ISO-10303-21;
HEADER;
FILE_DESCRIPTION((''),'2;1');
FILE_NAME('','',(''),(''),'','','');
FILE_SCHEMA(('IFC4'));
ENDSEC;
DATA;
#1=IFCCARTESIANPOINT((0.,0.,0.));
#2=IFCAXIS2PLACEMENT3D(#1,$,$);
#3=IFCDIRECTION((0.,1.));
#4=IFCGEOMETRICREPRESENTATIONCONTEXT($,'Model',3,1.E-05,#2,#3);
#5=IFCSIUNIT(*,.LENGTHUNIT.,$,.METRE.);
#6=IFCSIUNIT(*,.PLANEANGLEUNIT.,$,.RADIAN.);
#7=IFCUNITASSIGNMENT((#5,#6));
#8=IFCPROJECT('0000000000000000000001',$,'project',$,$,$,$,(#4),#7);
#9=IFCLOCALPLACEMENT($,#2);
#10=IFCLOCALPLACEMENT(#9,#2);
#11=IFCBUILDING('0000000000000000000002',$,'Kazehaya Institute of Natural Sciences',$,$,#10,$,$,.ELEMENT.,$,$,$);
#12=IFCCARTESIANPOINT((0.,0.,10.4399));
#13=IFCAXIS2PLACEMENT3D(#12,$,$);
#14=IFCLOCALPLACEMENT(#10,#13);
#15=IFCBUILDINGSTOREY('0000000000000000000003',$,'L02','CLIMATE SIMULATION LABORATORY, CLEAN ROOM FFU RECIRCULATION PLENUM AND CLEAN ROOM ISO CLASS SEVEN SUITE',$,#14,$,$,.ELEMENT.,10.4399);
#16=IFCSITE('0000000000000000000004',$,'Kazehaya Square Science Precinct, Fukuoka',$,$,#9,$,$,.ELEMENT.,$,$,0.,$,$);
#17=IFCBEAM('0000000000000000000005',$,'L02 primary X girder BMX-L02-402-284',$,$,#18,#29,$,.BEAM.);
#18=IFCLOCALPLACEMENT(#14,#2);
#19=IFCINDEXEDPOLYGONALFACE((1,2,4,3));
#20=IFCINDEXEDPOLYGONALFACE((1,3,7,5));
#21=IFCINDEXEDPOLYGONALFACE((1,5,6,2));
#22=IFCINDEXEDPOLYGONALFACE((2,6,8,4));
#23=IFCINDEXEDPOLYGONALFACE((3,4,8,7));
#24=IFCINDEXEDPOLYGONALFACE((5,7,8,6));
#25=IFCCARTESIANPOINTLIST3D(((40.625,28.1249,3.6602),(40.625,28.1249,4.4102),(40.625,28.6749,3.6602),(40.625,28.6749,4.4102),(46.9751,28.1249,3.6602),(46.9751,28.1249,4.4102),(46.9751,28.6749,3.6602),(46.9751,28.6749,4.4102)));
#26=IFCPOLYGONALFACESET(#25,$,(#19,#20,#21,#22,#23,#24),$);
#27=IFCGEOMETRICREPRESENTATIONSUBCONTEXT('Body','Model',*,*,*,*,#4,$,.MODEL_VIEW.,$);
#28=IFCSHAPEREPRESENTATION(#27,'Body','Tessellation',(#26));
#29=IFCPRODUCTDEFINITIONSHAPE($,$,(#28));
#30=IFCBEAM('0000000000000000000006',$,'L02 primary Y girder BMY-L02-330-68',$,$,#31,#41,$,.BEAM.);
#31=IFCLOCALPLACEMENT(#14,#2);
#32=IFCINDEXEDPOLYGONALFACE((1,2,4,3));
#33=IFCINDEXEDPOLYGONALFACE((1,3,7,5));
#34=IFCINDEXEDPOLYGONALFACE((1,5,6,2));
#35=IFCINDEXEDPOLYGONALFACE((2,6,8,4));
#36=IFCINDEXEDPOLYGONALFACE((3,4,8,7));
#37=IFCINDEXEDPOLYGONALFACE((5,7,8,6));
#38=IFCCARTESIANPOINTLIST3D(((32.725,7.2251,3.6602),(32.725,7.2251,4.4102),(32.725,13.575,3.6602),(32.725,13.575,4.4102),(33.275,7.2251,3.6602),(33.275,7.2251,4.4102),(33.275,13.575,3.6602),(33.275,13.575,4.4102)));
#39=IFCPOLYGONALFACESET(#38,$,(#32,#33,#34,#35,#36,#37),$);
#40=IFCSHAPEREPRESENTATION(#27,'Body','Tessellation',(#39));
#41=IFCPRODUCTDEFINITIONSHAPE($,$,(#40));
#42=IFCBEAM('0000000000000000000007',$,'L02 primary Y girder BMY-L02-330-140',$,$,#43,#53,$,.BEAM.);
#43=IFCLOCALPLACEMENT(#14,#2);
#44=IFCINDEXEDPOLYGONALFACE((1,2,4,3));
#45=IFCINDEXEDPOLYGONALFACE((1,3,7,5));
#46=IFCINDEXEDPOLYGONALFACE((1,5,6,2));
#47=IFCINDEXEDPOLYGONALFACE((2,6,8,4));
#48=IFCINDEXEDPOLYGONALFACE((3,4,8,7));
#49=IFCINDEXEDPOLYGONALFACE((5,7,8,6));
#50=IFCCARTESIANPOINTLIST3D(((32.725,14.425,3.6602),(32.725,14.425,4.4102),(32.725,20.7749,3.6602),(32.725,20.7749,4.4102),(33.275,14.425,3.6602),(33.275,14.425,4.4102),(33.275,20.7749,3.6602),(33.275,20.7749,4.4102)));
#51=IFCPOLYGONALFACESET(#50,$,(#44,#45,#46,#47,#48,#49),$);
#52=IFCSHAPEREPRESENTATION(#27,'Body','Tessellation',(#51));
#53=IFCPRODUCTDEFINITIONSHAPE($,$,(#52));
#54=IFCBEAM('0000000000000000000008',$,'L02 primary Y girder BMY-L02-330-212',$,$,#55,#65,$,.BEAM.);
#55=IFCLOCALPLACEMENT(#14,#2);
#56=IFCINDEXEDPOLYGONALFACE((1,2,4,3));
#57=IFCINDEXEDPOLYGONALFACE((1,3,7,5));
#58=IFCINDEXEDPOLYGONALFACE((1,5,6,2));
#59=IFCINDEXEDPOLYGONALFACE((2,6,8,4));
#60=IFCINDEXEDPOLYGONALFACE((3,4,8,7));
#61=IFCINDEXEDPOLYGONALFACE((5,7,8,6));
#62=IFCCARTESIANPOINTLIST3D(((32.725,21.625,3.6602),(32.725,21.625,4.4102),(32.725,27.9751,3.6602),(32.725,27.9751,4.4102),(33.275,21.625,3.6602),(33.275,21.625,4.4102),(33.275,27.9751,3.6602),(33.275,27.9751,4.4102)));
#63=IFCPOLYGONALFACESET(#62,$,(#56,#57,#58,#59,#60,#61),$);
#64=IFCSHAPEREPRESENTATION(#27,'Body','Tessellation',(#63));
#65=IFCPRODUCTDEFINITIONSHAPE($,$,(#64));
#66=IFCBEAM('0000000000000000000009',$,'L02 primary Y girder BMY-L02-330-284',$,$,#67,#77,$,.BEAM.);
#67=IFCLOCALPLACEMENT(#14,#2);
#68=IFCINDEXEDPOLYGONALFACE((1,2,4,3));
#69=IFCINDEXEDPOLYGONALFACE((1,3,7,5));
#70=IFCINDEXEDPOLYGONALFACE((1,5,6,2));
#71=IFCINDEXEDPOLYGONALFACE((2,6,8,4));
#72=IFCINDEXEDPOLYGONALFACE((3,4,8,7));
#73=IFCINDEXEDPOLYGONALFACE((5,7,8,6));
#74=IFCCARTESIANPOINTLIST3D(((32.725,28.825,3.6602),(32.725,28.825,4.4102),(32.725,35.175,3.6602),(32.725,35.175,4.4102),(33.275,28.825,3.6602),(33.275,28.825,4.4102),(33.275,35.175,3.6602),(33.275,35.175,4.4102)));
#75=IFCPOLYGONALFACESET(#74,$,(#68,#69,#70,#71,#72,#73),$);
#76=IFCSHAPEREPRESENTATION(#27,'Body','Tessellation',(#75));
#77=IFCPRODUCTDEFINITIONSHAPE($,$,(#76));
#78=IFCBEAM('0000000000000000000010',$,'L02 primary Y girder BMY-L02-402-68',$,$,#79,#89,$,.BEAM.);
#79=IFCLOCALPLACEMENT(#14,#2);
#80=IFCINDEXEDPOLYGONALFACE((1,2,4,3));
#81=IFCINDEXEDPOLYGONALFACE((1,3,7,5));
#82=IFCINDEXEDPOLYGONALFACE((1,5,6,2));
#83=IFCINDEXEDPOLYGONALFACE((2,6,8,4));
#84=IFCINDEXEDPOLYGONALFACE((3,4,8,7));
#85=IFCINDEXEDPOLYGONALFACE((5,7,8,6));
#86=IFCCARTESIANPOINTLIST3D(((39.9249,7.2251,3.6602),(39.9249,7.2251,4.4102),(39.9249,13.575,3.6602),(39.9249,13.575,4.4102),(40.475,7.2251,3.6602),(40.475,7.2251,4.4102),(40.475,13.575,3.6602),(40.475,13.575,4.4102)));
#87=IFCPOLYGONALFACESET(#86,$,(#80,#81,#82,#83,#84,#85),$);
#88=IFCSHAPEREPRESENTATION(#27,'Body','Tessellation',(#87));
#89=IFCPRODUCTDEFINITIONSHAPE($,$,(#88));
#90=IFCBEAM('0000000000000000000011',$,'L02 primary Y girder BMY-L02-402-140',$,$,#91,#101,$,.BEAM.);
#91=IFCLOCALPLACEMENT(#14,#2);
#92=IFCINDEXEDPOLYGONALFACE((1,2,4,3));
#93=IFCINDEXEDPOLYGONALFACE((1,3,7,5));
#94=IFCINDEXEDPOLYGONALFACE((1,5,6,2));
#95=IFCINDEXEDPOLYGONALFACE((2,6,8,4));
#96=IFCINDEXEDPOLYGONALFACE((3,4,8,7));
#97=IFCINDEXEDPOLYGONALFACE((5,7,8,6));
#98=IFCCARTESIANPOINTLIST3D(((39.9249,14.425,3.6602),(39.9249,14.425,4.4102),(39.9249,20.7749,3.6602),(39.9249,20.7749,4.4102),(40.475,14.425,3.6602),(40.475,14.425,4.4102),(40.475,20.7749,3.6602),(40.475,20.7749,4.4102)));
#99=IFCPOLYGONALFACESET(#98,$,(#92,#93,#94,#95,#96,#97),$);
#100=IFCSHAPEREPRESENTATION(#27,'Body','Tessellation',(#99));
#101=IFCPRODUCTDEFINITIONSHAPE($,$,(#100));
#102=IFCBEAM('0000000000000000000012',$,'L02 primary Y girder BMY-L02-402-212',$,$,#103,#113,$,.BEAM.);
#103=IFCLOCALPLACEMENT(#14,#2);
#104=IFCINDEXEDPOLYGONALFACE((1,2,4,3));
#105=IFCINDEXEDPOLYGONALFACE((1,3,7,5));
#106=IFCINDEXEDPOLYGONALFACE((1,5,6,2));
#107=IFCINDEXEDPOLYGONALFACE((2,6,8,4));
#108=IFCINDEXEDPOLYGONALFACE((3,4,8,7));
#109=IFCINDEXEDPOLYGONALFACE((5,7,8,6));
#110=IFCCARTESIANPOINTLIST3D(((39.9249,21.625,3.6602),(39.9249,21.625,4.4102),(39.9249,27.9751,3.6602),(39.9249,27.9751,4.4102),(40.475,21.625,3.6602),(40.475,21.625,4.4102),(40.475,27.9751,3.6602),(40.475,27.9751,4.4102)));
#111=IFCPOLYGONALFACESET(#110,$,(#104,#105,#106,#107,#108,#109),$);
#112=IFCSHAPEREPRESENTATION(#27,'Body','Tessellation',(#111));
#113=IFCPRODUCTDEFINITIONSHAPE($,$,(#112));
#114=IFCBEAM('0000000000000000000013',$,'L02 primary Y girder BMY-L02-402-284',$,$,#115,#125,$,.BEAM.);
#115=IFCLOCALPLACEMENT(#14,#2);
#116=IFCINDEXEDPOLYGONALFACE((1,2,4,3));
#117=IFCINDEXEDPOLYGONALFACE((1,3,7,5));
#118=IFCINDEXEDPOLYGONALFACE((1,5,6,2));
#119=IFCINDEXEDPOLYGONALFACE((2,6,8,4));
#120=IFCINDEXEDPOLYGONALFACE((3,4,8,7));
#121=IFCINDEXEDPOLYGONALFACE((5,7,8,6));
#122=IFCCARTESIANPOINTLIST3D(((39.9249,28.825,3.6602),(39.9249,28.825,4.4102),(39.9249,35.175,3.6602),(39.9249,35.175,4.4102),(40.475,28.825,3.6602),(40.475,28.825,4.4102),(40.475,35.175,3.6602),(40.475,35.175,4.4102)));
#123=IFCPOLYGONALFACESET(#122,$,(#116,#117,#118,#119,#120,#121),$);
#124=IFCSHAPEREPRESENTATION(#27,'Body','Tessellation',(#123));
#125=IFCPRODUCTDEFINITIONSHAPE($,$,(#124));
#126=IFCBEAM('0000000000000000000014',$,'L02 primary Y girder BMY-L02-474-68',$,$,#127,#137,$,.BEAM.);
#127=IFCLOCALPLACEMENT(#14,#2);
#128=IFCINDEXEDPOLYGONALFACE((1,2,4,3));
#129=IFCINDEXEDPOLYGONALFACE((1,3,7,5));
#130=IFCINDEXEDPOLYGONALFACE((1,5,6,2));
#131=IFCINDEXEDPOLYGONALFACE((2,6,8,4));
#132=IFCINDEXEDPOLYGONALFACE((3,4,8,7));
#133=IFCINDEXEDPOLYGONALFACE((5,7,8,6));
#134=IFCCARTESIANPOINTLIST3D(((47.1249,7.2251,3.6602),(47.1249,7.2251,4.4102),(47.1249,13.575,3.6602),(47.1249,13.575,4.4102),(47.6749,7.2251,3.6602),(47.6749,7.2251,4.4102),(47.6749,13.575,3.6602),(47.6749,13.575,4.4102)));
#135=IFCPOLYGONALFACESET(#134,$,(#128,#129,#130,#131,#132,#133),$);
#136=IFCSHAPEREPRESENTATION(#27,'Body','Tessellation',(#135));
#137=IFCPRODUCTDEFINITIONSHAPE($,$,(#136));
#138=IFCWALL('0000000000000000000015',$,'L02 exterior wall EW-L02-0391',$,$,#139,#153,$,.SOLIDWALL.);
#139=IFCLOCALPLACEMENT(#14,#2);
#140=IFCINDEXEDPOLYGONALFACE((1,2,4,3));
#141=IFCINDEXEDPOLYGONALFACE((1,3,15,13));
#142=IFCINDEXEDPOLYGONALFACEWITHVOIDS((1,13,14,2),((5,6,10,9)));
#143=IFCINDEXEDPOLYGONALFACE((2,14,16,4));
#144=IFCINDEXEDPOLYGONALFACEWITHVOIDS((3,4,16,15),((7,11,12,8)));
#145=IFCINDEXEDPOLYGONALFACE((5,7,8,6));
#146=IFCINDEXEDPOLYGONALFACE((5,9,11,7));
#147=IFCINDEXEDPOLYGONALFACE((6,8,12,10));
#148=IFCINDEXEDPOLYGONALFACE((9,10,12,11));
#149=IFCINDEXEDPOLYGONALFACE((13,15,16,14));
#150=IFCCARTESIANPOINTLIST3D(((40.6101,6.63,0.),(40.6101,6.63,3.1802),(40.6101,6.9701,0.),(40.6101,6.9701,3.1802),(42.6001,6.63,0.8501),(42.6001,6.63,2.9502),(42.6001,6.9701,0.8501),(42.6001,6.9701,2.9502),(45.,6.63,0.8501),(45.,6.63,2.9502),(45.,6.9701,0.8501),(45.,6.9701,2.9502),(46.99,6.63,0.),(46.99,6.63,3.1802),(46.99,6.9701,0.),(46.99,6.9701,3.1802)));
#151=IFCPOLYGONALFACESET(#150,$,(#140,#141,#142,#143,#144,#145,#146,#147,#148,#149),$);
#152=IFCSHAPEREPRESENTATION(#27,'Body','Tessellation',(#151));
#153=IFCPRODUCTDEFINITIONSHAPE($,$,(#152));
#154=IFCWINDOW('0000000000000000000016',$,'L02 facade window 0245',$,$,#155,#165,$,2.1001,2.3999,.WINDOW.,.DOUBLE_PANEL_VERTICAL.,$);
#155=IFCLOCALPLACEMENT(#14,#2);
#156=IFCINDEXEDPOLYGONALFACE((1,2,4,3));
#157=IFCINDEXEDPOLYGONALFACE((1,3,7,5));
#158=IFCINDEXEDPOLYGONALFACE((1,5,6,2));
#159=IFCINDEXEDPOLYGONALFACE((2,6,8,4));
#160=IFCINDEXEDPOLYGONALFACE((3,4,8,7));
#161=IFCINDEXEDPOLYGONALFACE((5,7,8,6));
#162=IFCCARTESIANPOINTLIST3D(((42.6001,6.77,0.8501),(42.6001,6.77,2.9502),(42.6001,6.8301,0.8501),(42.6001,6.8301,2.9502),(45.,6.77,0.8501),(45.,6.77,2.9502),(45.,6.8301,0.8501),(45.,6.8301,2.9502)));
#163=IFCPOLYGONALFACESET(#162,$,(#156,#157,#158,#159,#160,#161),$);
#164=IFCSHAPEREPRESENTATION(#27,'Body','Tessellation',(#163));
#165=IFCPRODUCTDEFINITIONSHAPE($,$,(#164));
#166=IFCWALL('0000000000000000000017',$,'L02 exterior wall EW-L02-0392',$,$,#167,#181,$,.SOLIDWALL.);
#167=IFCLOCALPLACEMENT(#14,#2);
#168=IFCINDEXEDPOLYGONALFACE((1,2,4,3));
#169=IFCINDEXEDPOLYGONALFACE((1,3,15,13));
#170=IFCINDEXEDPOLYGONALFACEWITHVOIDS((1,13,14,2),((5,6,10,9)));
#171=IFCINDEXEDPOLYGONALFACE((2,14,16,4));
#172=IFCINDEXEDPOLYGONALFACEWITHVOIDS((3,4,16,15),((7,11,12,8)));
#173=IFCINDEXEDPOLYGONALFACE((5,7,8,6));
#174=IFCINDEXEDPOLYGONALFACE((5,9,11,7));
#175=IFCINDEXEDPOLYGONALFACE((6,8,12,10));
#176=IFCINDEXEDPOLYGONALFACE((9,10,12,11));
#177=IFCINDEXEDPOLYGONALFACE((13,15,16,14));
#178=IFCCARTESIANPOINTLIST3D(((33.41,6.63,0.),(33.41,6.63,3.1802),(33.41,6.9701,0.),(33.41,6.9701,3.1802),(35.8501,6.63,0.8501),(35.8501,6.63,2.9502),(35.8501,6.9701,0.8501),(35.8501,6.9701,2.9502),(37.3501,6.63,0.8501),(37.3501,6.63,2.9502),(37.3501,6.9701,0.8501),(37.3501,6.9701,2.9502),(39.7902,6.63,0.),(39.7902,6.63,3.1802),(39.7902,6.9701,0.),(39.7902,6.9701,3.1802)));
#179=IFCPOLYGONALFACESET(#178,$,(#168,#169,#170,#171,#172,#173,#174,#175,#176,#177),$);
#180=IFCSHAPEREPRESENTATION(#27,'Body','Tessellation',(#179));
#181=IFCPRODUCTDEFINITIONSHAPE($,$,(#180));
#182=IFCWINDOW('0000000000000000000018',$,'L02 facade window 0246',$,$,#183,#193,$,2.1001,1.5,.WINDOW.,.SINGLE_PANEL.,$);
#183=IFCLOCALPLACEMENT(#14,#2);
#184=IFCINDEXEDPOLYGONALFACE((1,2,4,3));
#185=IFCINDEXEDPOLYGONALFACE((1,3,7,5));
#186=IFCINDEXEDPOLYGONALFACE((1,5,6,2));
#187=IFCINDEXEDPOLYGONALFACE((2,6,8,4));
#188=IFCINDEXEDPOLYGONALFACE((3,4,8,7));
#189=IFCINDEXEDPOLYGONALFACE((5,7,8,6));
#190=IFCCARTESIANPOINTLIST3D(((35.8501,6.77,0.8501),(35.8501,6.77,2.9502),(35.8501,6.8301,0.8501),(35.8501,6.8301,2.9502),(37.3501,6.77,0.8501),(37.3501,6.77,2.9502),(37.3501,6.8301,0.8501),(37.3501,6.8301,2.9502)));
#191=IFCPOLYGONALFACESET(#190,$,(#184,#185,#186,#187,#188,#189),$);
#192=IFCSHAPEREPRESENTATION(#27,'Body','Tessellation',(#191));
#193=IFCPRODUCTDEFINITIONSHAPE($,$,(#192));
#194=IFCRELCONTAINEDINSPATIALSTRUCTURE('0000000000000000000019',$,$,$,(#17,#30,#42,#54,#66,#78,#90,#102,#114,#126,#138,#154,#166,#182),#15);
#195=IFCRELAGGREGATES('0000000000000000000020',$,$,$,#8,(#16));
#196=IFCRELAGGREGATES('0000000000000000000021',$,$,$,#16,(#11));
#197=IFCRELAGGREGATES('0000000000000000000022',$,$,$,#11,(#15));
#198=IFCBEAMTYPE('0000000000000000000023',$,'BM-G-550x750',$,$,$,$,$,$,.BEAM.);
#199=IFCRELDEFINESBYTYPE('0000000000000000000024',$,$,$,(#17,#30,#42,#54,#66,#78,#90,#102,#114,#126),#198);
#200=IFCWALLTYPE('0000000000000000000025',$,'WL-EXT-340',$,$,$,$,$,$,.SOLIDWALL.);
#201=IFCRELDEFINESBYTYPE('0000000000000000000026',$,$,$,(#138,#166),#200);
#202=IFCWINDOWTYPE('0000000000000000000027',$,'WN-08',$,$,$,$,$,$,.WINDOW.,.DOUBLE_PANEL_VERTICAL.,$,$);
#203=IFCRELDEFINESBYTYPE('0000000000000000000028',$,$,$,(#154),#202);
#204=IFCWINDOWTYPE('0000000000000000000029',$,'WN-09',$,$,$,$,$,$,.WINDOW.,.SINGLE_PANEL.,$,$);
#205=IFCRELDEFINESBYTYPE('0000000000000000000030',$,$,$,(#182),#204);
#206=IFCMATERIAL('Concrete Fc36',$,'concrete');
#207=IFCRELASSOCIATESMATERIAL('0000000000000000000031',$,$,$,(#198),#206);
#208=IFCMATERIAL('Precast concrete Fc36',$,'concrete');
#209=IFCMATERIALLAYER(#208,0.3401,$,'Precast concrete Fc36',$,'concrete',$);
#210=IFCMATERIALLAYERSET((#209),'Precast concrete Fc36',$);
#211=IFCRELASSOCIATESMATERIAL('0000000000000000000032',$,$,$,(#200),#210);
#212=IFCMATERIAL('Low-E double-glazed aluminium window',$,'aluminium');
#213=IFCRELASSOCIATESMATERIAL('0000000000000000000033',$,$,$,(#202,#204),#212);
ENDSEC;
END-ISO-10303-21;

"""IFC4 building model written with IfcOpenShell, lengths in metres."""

from ifc_helpers import new_model, si_unit, direction, frame, frame_2d, origin, origin_2d, place, context, subcontext, project, spatial, rectangle, extrude, material, layer, layer_set, material_profile, profile_set, type_object, element, fill, save


model = new_model("IFC4")

# Units and contexts
model_context = context("Model", 3, precision=1e-05, world=origin(), true_north=direction((0.0, 1.0)))
body_context = subcontext(model_context, "Body", "Model", "MODEL_VIEW")
ifc_project = project(units=[si_unit("LENGTHUNIT", "METRE"), si_unit("PLANEANGLEUNIT", "RADIAN")], contexts=[model_context])

# Site, building, storey
site_placement = place(None, origin())
site = spatial("IfcSite", under=ifc_project, at=site_placement, Name="Kazehaya Square Science Precinct, Fukuoka", CompositionType="ELEMENT", RefElevation=0.0)
building_placement = place(site_placement, origin())
building = spatial("IfcBuilding", under=site, at=building_placement, Name="Kazehaya Institute of Natural Sciences", CompositionType="ELEMENT")
storey_placement = place(building_placement, frame((0.0, 0.0, 10.4399)))
storey = spatial("IfcBuildingStorey", under=building, at=storey_placement, Name="L02", Description="CLIMATE SIMULATION LABORATORY, CLEAN ROOM FFU RECIRCULATION PLENUM AND CLEAN ROOM ISO CLASS SEVEN SUITE", CompositionType="ELEMENT", Elevation=10.4399)

# Beams
ifc_material_1 = material(Name="Concrete Fc36", Category="concrete")
ifc_material_profile_1 = material_profile(ifc_material_1, rectangle(XDim=0.55, YDim=0.75, at=origin_2d()), Name="RC-550x750")
ifc_profile_set_1 = profile_set([ifc_material_profile_1], Name="Concrete Fc36")
beam_type = type_object("IfcBeamType", Name="BM-G-550x750", PredefinedType="BEAM", material=ifc_profile_set_1)
beam_1_placement = place(storey_placement, frame((40.625, 28.3999, 4.0352), z_axis=(1.0, 0.0, 0.0), x_axis=(0.0, 1.0, 0.0)))
element("IfcBeam", 1, at=beam_1_placement, inside=storey, type_object=beam_type, Name="L02 primary X girder BMX-L02-402-284", PredefinedType="BEAM", context=body_context, shape_type="SweptSolid", body=[
    extrude(rectangle(XDim=0.55, YDim=0.75, at=origin_2d()), origin(), (0.0, 0.0, 1.0), 6.3501),
])
for number, where, z_axis, x_axis, name in (
    (2, (33.0, 7.2251, 4.0352), (0.0, 1.0, 0.0), (-1.0, 0.0, 0.0), "L02 primary Y girder BMY-L02-330-68"),
    (3, (33.0, 14.425, 4.0352), (0.0, 1.0, 0.0), (-1.0, 0.0, 0.0), "L02 primary Y girder BMY-L02-330-140"),
):
    element("IfcBeam", number, at=place(storey_placement, frame(where, z_axis=z_axis, x_axis=x_axis)), inside=storey, type_object=beam_type, Name=name, PredefinedType="BEAM", context=body_context, shape_type="SweptSolid", body=[
        extrude(rectangle(XDim=0.55, YDim=0.75, at=origin_2d()), origin(), (0.0, 0.0, 1.0), 6.3499),
    ])
for number, where, z_axis, x_axis, name in (
    (4, (33.0, 21.625, 4.0352), (0.0, 1.0, 0.0), (-1.0, 0.0, 0.0), "L02 primary Y girder BMY-L02-330-212"),
    (5, (33.0, 28.825, 4.0352), (0.0, 1.0, 0.0), (-1.0, 0.0, 0.0), "L02 primary Y girder BMY-L02-330-284"),
):
    element("IfcBeam", number, at=place(storey_placement, frame(where, z_axis=z_axis, x_axis=x_axis)), inside=storey, type_object=beam_type, Name=name, PredefinedType="BEAM", context=body_context, shape_type="SweptSolid", body=[
        extrude(rectangle(XDim=0.55, YDim=0.75, at=origin_2d()), origin(), (0.0, 0.0, 1.0), 6.3501),
    ])
for number, where, z_axis, x_axis, name in (
    (6, (40.2, 7.2251, 4.0352), (0.0, 1.0, 0.0), (-1.0, 0.0, 0.0), "L02 primary Y girder BMY-L02-402-68"),
    (7, (40.2, 14.425, 4.0352), (0.0, 1.0, 0.0), (-1.0, 0.0, 0.0), "L02 primary Y girder BMY-L02-402-140"),
):
    element("IfcBeam", number, at=place(storey_placement, frame(where, z_axis=z_axis, x_axis=x_axis)), inside=storey, type_object=beam_type, Name=name, PredefinedType="BEAM", context=body_context, shape_type="SweptSolid", body=[
        extrude(rectangle(XDim=0.55, YDim=0.75, at=origin_2d()), origin(), (0.0, 0.0, 1.0), 6.3499),
    ])
for number, where, z_axis, x_axis, name in (
    (8, (40.2, 21.625, 4.0352), (0.0, 1.0, 0.0), (-1.0, 0.0, 0.0), "L02 primary Y girder BMY-L02-402-212"),
    (9, (40.2, 28.825, 4.0352), (0.0, 1.0, 0.0), (-1.0, 0.0, 0.0), "L02 primary Y girder BMY-L02-402-284"),
):
    element("IfcBeam", number, at=place(storey_placement, frame(where, z_axis=z_axis, x_axis=x_axis)), inside=storey, type_object=beam_type, Name=name, PredefinedType="BEAM", context=body_context, shape_type="SweptSolid", body=[
        extrude(rectangle(XDim=0.55, YDim=0.75, at=origin_2d()), origin(), (0.0, 0.0, 1.0), 6.3501),
    ])
beam_2_placement = place(storey_placement, frame((47.3999, 7.2251, 4.0352), z_axis=(0.0, 1.0, 0.0), x_axis=(-1.0, 0.0, 0.0)))
element("IfcBeam", 10, at=beam_2_placement, inside=storey, type_object=beam_type, Name="L02 primary Y girder BMY-L02-474-68", PredefinedType="BEAM", context=body_context, shape_type="SweptSolid", body=[
    extrude(rectangle(XDim=0.55, YDim=0.75, at=origin_2d()), origin(), (0.0, 0.0, 1.0), 6.3499),
])

# Walls, openings, windows
ifc_material_2 = material(Name="Precast concrete Fc36", Category="concrete")
ifc_layer_1 = layer(ifc_material_2, 0.3401, Name="Precast concrete Fc36", Category="concrete")
ifc_layer_set_1 = layer_set([ifc_layer_1], Name="Precast concrete Fc36")
wall_type_1 = type_object("IfcWallType", Name="WL-EXT-340", PredefinedType="SOLIDWALL", material=ifc_layer_set_1)
wall_1_placement = place(storey_placement, frame((46.99, 6.8, 0.0), z_axis=(0.0, 0.0, 1.0), x_axis=(-1.0, 0.0, 0.0)))
wall_1 = element("IfcWall", 11, at=wall_1_placement, inside=storey, type_object=wall_type_1, Name="L02 exterior wall EW-L02-0391", PredefinedType="SOLIDWALL", context=body_context, shape_type="SweptSolid", body=[
    extrude(rectangle(XDim=6.3799, YDim=0.3401, at=frame_2d((3.1899, 0.0))), origin(), (0.0, 0.0, 1.0), 3.1802),
])
opening_1_placement = place(wall_1_placement, frame((1.99, 0.0, 0.8501)))
opening_1 = element("IfcOpeningElement", 12, at=opening_1_placement, cuts=wall_1, PredefinedType="OPENING", context=body_context, shape_type="SweptSolid", body=[
    extrude(rectangle(XDim=2.3999, YDim=2.1001, at=frame_2d((1.2, 1.05))), frame((0.0, 0.1799, 0.0), z_axis=(0.0, -1.0, 0.0), x_axis=(1.0, 0.0, 0.0)), (0.0, 0.0, 1.0), 0.3601),
])
ifc_material_3 = material(Name="Low-E double-glazed aluminium window", Category="aluminium")
window_type_1 = type_object("IfcWindowType", Name="WN-08", PartitioningType="DOUBLE_PANEL_VERTICAL", PredefinedType="WINDOW", material=ifc_material_3)
window_1_placement = place(opening_1_placement, origin())
window_1 = element("IfcWindow", 13, at=window_1_placement, inside=storey, type_object=window_type_1, Name="L02 facade window 0245", OverallHeight=2.1001, OverallWidth=2.3999, PartitioningType="DOUBLE_PANEL_VERTICAL", PredefinedType="WINDOW", context=body_context, shape_type="SweptSolid", body=[
    extrude(rectangle(XDim=2.3999, YDim=2.1001, at=frame_2d((1.2, 1.05))), frame((0.0, 0.03, 0.0), z_axis=(0.0, -1.0, 0.0), x_axis=(1.0, 0.0, 0.0)), (0.0, 0.0, 1.0), 0.0601),
])
fill(opening_1, window_1)
wall_2_placement = place(storey_placement, frame((39.79, 6.8, 0.0), z_axis=(0.0, 0.0, 1.0), x_axis=(-1.0, 0.0, 0.0)))
wall_2 = element("IfcWall", 14, at=wall_2_placement, inside=storey, type_object=wall_type_1, Name="L02 exterior wall EW-L02-0392", PredefinedType="SOLIDWALL", context=body_context, shape_type="SweptSolid", body=[
    extrude(rectangle(XDim=6.3801, YDim=0.3401, at=frame_2d((3.1899, 0.0))), origin(), (0.0, 0.0, 1.0), 3.1802),
])
opening_2_placement = place(wall_2_placement, frame((2.4399, 0.0, 0.8501)))
opening_2 = element("IfcOpeningElement", 15, at=opening_2_placement, cuts=wall_2, PredefinedType="OPENING", context=body_context, shape_type="SweptSolid", body=[
    extrude(rectangle(XDim=1.5, YDim=2.1001, at=frame_2d((0.75, 1.05))), frame((0.0, 0.1799, 0.0), z_axis=(0.0, -1.0, 0.0), x_axis=(1.0, 0.0, 0.0)), (0.0, 0.0, 1.0), 0.3601),
])
window_type_2 = type_object("IfcWindowType", Name="WN-09", PartitioningType="SINGLE_PANEL", PredefinedType="WINDOW", material=ifc_material_3)
window_2_placement = place(opening_2_placement, origin())
window_2 = element("IfcWindow", 16, at=window_2_placement, inside=storey, type_object=window_type_2, Name="L02 facade window 0246", OverallHeight=2.1001, OverallWidth=1.5, PartitioningType="SINGLE_PANEL", PredefinedType="WINDOW", context=body_context, shape_type="SweptSolid", body=[
    extrude(rectangle(XDim=1.5, YDim=2.1001, at=frame_2d((0.75, 1.05))), frame((0.0, 0.03, 0.0), z_axis=(0.0, -1.0, 0.0), x_axis=(1.0, 0.0, 0.0)), (0.0, 0.0, 1.0), 0.0601),
])
fill(opening_2, window_2)

save(model, "model.ifc")
